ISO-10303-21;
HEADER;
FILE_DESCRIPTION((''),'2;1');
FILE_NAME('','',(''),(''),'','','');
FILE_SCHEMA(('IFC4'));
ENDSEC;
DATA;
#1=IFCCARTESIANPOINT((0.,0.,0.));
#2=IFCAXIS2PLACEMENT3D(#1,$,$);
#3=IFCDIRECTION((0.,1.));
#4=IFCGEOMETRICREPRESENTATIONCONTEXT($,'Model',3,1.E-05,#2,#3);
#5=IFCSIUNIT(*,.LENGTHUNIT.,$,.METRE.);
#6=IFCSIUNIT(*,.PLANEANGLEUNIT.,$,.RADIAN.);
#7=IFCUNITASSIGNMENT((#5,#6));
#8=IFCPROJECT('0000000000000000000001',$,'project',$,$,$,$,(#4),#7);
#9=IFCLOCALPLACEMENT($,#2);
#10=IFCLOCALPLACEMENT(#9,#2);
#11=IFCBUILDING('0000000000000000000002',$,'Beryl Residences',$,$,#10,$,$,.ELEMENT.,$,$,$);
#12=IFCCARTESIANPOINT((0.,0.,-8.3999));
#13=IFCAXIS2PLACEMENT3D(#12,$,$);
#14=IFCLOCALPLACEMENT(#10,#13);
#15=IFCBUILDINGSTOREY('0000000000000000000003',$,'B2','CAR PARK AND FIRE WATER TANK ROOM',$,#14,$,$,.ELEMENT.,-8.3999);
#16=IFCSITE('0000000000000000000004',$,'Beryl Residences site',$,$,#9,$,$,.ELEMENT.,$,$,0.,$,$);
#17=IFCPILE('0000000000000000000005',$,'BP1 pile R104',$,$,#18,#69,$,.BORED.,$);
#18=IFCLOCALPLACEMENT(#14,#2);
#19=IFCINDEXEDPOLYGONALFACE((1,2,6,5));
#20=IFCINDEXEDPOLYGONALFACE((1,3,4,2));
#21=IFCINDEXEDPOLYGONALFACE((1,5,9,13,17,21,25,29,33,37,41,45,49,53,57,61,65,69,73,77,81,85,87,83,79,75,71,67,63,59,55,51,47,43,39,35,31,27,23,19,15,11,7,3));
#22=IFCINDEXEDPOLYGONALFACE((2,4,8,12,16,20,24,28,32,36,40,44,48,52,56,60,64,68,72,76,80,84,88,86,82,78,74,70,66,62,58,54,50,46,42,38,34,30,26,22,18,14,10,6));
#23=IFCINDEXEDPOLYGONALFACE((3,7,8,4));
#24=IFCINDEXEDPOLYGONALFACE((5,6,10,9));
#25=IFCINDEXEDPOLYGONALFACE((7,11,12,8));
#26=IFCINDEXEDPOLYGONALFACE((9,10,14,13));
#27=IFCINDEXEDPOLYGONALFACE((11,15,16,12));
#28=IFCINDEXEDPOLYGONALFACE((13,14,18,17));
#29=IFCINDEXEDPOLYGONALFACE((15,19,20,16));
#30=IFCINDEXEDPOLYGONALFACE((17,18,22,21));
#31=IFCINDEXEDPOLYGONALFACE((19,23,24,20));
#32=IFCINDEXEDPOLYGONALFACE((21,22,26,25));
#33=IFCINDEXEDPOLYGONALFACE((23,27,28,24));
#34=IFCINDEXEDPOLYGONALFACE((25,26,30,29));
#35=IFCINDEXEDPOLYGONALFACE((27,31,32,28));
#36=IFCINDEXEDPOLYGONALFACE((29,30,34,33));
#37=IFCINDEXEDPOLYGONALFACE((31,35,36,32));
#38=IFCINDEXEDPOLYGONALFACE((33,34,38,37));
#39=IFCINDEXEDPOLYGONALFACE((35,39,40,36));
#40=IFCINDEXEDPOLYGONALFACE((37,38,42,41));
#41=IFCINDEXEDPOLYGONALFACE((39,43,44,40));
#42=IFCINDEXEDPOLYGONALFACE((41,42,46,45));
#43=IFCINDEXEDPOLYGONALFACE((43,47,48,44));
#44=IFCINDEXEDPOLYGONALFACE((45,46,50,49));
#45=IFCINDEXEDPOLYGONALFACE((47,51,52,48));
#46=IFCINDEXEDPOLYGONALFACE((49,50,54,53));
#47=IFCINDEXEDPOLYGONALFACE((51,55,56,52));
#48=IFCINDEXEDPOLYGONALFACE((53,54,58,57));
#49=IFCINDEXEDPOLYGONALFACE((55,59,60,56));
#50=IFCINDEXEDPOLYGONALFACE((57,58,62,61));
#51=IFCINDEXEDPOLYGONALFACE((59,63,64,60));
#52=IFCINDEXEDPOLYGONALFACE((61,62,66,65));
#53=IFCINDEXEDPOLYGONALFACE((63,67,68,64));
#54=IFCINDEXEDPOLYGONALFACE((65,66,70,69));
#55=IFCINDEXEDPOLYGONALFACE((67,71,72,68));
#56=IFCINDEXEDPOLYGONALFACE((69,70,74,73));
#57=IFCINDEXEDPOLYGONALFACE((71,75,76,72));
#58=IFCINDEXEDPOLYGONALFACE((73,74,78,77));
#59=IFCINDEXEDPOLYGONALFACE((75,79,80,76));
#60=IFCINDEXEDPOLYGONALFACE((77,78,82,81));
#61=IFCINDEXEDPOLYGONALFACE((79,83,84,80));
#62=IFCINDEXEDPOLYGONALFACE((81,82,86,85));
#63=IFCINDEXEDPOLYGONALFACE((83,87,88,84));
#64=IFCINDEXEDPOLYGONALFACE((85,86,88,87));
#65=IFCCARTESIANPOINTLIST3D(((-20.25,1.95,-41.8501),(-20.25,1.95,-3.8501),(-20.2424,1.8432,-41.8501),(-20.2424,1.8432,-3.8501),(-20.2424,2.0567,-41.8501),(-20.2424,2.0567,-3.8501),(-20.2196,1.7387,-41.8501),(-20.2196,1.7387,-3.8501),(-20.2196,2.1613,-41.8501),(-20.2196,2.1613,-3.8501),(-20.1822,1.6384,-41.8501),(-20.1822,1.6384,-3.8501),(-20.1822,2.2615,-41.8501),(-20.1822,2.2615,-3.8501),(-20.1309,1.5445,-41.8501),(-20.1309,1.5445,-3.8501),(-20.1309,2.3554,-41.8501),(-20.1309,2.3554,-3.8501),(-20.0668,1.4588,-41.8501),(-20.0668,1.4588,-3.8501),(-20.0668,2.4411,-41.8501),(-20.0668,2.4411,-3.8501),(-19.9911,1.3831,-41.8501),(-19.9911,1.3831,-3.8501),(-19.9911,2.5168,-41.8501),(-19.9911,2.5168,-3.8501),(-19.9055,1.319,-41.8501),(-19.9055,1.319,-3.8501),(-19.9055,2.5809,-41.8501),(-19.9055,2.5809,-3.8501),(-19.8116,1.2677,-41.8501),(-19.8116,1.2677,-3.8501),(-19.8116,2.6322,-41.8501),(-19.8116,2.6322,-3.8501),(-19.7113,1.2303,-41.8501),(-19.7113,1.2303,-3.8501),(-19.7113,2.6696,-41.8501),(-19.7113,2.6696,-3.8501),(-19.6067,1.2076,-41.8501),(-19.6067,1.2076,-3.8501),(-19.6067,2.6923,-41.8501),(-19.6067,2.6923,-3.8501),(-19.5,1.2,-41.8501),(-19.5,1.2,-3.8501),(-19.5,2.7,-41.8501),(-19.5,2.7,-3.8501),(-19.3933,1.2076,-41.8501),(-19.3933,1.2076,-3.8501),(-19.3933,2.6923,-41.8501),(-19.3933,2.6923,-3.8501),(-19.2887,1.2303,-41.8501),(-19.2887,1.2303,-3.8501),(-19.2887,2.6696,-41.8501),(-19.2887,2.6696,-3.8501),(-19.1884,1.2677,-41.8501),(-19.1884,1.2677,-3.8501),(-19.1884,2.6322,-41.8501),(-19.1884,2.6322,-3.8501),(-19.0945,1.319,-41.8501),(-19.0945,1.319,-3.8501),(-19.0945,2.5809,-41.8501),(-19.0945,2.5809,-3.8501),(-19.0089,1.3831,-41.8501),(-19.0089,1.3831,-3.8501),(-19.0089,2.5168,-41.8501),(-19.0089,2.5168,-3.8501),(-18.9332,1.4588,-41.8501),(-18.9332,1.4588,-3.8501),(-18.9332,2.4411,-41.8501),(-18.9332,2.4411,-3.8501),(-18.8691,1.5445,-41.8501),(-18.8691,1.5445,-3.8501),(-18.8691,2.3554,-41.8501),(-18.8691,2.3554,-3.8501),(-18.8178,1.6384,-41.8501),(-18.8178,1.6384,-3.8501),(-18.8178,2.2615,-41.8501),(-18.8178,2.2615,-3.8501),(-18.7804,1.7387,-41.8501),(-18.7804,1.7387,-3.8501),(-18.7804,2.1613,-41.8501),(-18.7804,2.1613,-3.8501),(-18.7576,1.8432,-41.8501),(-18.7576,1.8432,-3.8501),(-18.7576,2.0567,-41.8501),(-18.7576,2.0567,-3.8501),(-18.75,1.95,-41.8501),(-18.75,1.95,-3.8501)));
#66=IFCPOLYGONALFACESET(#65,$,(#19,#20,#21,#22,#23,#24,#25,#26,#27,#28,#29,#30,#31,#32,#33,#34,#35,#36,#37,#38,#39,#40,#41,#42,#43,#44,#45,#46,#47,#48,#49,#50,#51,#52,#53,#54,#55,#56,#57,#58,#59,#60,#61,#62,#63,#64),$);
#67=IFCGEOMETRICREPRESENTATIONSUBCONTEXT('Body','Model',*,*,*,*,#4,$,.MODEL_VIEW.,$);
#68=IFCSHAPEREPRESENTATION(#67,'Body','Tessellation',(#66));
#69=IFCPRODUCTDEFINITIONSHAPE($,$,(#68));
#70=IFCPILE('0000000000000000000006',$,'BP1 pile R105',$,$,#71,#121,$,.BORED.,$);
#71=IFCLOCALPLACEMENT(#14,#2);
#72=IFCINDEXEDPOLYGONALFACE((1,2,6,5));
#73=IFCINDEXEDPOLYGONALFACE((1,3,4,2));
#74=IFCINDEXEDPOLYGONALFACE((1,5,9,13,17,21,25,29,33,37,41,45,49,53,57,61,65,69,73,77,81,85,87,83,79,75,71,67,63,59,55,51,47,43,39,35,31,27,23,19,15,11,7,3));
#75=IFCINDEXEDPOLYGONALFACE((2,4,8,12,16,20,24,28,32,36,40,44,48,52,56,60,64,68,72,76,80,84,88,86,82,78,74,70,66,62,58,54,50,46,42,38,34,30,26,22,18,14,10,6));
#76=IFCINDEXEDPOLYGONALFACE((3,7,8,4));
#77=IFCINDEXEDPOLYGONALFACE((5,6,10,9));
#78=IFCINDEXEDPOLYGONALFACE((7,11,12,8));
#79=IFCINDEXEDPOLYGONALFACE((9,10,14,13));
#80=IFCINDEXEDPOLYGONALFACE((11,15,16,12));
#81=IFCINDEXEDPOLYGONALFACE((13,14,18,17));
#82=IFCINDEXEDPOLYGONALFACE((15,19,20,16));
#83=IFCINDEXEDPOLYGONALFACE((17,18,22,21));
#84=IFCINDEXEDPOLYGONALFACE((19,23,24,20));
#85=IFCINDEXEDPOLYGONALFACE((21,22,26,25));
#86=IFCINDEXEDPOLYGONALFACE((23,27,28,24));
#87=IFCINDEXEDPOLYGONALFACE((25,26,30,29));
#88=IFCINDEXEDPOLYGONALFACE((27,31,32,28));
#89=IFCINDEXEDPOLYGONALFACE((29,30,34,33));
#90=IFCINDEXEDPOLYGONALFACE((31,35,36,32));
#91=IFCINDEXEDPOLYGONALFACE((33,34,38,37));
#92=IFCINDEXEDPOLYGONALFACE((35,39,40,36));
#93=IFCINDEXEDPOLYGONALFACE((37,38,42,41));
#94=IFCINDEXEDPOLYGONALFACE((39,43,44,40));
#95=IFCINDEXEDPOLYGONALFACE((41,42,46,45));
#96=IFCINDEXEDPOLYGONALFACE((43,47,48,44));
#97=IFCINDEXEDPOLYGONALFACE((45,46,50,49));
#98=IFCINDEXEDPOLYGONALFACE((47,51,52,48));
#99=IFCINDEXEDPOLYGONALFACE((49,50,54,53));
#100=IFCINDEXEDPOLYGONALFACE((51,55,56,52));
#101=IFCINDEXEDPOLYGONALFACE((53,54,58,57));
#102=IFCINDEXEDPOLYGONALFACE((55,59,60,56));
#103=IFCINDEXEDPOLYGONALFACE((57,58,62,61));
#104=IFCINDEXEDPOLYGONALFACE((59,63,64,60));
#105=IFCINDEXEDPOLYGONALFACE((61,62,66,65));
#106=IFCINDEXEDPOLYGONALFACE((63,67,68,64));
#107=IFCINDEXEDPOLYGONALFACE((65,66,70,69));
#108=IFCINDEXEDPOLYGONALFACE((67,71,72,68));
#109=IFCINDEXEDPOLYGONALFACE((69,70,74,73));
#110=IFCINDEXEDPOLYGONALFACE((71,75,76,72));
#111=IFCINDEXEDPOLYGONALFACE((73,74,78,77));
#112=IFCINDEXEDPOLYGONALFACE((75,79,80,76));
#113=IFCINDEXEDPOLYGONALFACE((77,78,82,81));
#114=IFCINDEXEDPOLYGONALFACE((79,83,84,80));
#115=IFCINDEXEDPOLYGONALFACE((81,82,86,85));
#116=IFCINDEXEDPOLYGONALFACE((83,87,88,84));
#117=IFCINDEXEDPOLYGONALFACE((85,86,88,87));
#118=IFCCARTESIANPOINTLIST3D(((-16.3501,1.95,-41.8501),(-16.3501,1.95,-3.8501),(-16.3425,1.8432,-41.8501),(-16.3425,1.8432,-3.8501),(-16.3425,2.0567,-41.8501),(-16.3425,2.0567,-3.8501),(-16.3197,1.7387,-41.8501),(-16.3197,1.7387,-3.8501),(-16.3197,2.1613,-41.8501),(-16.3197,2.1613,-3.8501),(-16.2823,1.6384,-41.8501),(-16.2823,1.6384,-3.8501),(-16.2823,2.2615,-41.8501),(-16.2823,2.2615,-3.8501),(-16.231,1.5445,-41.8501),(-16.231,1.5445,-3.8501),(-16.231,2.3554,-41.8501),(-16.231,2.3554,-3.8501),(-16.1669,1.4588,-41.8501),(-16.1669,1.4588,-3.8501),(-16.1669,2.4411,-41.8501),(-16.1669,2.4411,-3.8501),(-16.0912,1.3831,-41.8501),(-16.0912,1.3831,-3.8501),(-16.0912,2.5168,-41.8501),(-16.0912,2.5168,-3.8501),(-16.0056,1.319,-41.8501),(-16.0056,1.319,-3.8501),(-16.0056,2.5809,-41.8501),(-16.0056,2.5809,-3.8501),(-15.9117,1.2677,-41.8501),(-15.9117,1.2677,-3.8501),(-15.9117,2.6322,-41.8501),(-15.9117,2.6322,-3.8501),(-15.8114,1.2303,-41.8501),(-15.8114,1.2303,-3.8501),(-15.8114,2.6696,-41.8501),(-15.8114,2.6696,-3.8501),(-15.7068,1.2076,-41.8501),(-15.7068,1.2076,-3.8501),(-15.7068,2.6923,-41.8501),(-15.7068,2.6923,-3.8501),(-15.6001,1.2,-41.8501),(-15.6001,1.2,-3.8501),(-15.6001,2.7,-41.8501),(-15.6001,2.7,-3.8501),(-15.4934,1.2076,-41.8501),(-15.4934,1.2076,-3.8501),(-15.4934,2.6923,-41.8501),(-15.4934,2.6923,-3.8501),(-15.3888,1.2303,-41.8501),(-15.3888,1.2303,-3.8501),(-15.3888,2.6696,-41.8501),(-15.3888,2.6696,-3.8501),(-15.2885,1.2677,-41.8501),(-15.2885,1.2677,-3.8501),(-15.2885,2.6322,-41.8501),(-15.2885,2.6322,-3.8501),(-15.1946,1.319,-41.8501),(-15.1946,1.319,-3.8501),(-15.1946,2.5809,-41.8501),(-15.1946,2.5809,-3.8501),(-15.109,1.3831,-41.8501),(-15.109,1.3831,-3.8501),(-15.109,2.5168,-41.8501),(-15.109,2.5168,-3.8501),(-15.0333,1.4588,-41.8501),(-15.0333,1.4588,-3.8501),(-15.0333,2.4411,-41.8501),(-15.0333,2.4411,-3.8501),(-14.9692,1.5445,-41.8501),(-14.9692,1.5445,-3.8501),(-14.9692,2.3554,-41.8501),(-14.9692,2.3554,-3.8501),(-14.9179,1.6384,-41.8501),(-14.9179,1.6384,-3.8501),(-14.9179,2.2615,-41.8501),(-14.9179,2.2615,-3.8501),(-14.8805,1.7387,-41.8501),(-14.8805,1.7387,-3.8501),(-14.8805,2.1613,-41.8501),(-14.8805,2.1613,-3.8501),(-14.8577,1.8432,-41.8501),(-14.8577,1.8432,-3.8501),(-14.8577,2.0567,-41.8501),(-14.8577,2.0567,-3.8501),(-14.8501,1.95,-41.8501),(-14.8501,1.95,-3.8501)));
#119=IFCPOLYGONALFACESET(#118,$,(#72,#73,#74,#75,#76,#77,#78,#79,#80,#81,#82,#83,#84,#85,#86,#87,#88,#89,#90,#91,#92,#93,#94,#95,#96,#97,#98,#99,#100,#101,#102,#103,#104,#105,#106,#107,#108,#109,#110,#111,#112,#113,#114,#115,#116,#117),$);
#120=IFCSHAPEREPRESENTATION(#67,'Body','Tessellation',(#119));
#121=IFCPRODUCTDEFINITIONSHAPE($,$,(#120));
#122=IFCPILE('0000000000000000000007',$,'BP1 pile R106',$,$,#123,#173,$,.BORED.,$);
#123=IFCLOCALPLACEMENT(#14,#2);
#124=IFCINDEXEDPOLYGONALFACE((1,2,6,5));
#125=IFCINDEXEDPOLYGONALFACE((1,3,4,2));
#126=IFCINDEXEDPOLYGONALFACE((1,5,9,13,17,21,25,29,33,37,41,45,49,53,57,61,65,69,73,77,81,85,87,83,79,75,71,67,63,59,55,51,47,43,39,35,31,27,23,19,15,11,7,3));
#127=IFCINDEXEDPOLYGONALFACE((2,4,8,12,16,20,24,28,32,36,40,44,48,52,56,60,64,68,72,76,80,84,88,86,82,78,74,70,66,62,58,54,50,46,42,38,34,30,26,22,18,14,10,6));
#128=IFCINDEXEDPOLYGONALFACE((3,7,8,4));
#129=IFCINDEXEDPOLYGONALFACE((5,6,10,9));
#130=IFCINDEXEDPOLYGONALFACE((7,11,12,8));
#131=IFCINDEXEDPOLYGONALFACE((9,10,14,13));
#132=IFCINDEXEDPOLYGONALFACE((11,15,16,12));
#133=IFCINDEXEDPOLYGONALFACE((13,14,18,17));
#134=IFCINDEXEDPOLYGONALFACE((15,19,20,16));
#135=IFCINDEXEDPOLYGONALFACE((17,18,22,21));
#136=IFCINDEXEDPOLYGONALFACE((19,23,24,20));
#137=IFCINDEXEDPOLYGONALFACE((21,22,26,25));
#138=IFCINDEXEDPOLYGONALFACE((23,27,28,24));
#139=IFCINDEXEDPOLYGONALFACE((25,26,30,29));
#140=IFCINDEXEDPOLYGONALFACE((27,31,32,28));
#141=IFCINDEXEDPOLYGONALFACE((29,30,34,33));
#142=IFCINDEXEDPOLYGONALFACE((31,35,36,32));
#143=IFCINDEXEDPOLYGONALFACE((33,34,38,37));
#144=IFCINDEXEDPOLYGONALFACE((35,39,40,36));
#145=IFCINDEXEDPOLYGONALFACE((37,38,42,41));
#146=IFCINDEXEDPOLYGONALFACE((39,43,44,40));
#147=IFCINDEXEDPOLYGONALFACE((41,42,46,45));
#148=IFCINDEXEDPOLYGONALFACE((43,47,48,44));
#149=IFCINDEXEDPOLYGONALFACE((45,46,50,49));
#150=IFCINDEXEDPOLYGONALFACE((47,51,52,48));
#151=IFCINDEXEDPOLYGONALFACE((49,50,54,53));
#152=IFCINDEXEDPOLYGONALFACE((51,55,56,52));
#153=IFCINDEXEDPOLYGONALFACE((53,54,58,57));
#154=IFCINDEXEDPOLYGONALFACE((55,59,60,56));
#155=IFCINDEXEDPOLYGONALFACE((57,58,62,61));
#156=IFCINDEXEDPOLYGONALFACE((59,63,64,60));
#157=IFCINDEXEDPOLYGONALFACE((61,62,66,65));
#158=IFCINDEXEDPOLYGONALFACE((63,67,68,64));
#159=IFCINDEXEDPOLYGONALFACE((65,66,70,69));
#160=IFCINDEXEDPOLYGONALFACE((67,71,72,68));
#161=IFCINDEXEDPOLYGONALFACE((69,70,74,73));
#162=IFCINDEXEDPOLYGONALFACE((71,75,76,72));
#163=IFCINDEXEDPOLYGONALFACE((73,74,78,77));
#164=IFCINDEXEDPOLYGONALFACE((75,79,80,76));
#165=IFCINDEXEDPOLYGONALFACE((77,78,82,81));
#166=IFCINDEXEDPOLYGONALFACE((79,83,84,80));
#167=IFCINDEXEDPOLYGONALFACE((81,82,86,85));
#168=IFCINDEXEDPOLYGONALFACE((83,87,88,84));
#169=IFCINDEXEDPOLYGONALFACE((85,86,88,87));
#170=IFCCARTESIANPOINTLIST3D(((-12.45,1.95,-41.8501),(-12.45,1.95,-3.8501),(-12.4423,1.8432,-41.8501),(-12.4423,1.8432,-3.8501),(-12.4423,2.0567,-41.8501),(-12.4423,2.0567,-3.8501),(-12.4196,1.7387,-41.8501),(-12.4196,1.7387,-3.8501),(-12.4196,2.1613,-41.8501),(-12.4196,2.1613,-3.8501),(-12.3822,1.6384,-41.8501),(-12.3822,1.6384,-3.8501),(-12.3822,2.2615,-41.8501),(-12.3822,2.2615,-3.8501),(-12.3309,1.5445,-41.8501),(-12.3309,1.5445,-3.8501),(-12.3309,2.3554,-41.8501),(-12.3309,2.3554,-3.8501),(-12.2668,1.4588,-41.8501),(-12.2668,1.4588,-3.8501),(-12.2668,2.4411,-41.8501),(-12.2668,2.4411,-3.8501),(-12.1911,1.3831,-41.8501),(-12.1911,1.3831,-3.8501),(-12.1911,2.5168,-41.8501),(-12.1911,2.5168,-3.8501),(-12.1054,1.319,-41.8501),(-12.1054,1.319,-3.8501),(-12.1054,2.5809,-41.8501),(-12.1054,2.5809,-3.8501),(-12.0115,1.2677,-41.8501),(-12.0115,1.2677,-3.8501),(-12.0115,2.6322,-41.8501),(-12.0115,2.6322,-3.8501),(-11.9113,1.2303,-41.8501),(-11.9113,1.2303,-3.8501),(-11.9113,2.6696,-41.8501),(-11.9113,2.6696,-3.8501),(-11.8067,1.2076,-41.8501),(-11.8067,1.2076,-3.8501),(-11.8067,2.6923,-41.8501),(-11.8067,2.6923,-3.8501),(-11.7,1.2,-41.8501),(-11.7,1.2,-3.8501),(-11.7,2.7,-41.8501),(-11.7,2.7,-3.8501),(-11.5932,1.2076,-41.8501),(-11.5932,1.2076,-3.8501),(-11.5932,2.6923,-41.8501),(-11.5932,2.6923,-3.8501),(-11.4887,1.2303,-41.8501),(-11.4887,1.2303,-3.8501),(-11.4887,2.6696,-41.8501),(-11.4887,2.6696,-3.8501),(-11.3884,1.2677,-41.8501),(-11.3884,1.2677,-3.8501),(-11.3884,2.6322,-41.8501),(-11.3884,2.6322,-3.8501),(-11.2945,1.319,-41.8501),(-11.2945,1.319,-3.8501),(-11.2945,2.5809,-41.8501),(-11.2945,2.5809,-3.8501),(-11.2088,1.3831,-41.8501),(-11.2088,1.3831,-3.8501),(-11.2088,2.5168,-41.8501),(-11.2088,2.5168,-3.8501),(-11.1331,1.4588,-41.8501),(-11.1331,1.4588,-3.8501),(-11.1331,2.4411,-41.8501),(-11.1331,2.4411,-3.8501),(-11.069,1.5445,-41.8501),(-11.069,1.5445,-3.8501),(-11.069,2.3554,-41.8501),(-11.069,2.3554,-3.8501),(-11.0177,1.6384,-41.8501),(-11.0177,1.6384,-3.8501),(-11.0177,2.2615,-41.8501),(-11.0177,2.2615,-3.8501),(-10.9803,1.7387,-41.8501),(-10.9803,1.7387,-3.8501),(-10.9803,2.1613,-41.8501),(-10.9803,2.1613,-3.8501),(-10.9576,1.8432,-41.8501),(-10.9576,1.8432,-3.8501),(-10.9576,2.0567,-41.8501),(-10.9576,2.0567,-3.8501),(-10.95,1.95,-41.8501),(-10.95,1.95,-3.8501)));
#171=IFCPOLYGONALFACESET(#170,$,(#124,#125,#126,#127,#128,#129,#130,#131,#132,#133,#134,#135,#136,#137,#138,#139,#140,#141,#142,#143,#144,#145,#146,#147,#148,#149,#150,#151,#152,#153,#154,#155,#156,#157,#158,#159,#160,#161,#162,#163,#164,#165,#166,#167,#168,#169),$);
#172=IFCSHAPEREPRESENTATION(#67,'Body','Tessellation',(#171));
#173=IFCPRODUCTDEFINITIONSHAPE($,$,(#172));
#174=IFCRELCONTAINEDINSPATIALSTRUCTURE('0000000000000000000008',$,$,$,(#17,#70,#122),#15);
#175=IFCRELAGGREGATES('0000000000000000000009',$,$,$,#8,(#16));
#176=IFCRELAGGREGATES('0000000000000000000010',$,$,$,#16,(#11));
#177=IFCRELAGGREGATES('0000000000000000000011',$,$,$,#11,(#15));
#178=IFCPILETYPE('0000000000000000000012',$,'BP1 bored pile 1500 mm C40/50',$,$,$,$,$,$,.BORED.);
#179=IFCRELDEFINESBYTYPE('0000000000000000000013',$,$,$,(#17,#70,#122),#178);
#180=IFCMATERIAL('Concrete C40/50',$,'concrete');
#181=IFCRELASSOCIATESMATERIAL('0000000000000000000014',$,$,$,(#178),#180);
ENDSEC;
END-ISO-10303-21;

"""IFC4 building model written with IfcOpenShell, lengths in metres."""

from ifc_helpers import new_model, si_unit, direction, frame, origin, origin_2d, place, context, subcontext, project, spatial, circle, extrude, material, material_profile, profile_set, type_object, element, save


model = new_model("IFC4")

# Units and contexts
model_context = context("Model", 3, precision=1e-05, world=origin(), true_north=direction((0.0, 1.0)))
body_context = subcontext(model_context, "Body", "Model", "MODEL_VIEW")
ifc_project = project(units=[si_unit("LENGTHUNIT", "METRE"), si_unit("PLANEANGLEUNIT", "RADIAN")], contexts=[model_context])

# Site, building, storey
site_placement = place(None, origin())
site = spatial("IfcSite", under=ifc_project, at=site_placement, Name="Beryl Residences site", CompositionType="ELEMENT", RefElevation=0.0)
building_placement = place(site_placement, origin())
building = spatial("IfcBuilding", under=site, at=building_placement, Name="Beryl Residences", CompositionType="ELEMENT")
storey_placement = place(building_placement, frame((0.0, 0.0, -8.3999)))
storey = spatial("IfcBuildingStorey", under=building, at=storey_placement, Name="B2", Description="CAR PARK AND FIRE WATER TANK ROOM", CompositionType="ELEMENT", Elevation=-8.3999)

# Piles
ifc_material_1 = material(Name="Concrete C40/50", Category="concrete")
ifc_material_profile_1 = material_profile(ifc_material_1, circle(Radius=0.75, at=origin_2d()))
ifc_profile_set_1 = profile_set([ifc_material_profile_1], Name="Concrete C40/50")
pile_type = type_object("IfcPileType", Name="BP1 bored pile 1500 mm C40/50", PredefinedType="BORED", material=ifc_profile_set_1)
for number, where, z_axis, x_axis, name in (
    (1, (-19.5, 1.95, -3.8501), (0.0, 0.0, -1.0), (1.0, 0.0, 0.0), "BP1 pile R104"),
    (2, (-15.6001, 1.95, -3.8501), (0.0, 0.0, -1.0), (1.0, 0.0, 0.0), "BP1 pile R105"),
    (3, (-11.7, 1.95, -3.8501), (0.0, 0.0, -1.0), (1.0, 0.0, 0.0), "BP1 pile R106"),
):
    element("IfcPile", number, at=place(storey_placement, frame(where, z_axis=z_axis, x_axis=x_axis)), inside=storey, type_object=pile_type, Name=name, PredefinedType="BORED", context=body_context, shape_type="SweptSolid", body=[
        extrude(circle(Radius=0.75, at=origin_2d()), origin(), (0.0, 0.0, 1.0), 38.0),
    ])

save(model, "model.ifc")
